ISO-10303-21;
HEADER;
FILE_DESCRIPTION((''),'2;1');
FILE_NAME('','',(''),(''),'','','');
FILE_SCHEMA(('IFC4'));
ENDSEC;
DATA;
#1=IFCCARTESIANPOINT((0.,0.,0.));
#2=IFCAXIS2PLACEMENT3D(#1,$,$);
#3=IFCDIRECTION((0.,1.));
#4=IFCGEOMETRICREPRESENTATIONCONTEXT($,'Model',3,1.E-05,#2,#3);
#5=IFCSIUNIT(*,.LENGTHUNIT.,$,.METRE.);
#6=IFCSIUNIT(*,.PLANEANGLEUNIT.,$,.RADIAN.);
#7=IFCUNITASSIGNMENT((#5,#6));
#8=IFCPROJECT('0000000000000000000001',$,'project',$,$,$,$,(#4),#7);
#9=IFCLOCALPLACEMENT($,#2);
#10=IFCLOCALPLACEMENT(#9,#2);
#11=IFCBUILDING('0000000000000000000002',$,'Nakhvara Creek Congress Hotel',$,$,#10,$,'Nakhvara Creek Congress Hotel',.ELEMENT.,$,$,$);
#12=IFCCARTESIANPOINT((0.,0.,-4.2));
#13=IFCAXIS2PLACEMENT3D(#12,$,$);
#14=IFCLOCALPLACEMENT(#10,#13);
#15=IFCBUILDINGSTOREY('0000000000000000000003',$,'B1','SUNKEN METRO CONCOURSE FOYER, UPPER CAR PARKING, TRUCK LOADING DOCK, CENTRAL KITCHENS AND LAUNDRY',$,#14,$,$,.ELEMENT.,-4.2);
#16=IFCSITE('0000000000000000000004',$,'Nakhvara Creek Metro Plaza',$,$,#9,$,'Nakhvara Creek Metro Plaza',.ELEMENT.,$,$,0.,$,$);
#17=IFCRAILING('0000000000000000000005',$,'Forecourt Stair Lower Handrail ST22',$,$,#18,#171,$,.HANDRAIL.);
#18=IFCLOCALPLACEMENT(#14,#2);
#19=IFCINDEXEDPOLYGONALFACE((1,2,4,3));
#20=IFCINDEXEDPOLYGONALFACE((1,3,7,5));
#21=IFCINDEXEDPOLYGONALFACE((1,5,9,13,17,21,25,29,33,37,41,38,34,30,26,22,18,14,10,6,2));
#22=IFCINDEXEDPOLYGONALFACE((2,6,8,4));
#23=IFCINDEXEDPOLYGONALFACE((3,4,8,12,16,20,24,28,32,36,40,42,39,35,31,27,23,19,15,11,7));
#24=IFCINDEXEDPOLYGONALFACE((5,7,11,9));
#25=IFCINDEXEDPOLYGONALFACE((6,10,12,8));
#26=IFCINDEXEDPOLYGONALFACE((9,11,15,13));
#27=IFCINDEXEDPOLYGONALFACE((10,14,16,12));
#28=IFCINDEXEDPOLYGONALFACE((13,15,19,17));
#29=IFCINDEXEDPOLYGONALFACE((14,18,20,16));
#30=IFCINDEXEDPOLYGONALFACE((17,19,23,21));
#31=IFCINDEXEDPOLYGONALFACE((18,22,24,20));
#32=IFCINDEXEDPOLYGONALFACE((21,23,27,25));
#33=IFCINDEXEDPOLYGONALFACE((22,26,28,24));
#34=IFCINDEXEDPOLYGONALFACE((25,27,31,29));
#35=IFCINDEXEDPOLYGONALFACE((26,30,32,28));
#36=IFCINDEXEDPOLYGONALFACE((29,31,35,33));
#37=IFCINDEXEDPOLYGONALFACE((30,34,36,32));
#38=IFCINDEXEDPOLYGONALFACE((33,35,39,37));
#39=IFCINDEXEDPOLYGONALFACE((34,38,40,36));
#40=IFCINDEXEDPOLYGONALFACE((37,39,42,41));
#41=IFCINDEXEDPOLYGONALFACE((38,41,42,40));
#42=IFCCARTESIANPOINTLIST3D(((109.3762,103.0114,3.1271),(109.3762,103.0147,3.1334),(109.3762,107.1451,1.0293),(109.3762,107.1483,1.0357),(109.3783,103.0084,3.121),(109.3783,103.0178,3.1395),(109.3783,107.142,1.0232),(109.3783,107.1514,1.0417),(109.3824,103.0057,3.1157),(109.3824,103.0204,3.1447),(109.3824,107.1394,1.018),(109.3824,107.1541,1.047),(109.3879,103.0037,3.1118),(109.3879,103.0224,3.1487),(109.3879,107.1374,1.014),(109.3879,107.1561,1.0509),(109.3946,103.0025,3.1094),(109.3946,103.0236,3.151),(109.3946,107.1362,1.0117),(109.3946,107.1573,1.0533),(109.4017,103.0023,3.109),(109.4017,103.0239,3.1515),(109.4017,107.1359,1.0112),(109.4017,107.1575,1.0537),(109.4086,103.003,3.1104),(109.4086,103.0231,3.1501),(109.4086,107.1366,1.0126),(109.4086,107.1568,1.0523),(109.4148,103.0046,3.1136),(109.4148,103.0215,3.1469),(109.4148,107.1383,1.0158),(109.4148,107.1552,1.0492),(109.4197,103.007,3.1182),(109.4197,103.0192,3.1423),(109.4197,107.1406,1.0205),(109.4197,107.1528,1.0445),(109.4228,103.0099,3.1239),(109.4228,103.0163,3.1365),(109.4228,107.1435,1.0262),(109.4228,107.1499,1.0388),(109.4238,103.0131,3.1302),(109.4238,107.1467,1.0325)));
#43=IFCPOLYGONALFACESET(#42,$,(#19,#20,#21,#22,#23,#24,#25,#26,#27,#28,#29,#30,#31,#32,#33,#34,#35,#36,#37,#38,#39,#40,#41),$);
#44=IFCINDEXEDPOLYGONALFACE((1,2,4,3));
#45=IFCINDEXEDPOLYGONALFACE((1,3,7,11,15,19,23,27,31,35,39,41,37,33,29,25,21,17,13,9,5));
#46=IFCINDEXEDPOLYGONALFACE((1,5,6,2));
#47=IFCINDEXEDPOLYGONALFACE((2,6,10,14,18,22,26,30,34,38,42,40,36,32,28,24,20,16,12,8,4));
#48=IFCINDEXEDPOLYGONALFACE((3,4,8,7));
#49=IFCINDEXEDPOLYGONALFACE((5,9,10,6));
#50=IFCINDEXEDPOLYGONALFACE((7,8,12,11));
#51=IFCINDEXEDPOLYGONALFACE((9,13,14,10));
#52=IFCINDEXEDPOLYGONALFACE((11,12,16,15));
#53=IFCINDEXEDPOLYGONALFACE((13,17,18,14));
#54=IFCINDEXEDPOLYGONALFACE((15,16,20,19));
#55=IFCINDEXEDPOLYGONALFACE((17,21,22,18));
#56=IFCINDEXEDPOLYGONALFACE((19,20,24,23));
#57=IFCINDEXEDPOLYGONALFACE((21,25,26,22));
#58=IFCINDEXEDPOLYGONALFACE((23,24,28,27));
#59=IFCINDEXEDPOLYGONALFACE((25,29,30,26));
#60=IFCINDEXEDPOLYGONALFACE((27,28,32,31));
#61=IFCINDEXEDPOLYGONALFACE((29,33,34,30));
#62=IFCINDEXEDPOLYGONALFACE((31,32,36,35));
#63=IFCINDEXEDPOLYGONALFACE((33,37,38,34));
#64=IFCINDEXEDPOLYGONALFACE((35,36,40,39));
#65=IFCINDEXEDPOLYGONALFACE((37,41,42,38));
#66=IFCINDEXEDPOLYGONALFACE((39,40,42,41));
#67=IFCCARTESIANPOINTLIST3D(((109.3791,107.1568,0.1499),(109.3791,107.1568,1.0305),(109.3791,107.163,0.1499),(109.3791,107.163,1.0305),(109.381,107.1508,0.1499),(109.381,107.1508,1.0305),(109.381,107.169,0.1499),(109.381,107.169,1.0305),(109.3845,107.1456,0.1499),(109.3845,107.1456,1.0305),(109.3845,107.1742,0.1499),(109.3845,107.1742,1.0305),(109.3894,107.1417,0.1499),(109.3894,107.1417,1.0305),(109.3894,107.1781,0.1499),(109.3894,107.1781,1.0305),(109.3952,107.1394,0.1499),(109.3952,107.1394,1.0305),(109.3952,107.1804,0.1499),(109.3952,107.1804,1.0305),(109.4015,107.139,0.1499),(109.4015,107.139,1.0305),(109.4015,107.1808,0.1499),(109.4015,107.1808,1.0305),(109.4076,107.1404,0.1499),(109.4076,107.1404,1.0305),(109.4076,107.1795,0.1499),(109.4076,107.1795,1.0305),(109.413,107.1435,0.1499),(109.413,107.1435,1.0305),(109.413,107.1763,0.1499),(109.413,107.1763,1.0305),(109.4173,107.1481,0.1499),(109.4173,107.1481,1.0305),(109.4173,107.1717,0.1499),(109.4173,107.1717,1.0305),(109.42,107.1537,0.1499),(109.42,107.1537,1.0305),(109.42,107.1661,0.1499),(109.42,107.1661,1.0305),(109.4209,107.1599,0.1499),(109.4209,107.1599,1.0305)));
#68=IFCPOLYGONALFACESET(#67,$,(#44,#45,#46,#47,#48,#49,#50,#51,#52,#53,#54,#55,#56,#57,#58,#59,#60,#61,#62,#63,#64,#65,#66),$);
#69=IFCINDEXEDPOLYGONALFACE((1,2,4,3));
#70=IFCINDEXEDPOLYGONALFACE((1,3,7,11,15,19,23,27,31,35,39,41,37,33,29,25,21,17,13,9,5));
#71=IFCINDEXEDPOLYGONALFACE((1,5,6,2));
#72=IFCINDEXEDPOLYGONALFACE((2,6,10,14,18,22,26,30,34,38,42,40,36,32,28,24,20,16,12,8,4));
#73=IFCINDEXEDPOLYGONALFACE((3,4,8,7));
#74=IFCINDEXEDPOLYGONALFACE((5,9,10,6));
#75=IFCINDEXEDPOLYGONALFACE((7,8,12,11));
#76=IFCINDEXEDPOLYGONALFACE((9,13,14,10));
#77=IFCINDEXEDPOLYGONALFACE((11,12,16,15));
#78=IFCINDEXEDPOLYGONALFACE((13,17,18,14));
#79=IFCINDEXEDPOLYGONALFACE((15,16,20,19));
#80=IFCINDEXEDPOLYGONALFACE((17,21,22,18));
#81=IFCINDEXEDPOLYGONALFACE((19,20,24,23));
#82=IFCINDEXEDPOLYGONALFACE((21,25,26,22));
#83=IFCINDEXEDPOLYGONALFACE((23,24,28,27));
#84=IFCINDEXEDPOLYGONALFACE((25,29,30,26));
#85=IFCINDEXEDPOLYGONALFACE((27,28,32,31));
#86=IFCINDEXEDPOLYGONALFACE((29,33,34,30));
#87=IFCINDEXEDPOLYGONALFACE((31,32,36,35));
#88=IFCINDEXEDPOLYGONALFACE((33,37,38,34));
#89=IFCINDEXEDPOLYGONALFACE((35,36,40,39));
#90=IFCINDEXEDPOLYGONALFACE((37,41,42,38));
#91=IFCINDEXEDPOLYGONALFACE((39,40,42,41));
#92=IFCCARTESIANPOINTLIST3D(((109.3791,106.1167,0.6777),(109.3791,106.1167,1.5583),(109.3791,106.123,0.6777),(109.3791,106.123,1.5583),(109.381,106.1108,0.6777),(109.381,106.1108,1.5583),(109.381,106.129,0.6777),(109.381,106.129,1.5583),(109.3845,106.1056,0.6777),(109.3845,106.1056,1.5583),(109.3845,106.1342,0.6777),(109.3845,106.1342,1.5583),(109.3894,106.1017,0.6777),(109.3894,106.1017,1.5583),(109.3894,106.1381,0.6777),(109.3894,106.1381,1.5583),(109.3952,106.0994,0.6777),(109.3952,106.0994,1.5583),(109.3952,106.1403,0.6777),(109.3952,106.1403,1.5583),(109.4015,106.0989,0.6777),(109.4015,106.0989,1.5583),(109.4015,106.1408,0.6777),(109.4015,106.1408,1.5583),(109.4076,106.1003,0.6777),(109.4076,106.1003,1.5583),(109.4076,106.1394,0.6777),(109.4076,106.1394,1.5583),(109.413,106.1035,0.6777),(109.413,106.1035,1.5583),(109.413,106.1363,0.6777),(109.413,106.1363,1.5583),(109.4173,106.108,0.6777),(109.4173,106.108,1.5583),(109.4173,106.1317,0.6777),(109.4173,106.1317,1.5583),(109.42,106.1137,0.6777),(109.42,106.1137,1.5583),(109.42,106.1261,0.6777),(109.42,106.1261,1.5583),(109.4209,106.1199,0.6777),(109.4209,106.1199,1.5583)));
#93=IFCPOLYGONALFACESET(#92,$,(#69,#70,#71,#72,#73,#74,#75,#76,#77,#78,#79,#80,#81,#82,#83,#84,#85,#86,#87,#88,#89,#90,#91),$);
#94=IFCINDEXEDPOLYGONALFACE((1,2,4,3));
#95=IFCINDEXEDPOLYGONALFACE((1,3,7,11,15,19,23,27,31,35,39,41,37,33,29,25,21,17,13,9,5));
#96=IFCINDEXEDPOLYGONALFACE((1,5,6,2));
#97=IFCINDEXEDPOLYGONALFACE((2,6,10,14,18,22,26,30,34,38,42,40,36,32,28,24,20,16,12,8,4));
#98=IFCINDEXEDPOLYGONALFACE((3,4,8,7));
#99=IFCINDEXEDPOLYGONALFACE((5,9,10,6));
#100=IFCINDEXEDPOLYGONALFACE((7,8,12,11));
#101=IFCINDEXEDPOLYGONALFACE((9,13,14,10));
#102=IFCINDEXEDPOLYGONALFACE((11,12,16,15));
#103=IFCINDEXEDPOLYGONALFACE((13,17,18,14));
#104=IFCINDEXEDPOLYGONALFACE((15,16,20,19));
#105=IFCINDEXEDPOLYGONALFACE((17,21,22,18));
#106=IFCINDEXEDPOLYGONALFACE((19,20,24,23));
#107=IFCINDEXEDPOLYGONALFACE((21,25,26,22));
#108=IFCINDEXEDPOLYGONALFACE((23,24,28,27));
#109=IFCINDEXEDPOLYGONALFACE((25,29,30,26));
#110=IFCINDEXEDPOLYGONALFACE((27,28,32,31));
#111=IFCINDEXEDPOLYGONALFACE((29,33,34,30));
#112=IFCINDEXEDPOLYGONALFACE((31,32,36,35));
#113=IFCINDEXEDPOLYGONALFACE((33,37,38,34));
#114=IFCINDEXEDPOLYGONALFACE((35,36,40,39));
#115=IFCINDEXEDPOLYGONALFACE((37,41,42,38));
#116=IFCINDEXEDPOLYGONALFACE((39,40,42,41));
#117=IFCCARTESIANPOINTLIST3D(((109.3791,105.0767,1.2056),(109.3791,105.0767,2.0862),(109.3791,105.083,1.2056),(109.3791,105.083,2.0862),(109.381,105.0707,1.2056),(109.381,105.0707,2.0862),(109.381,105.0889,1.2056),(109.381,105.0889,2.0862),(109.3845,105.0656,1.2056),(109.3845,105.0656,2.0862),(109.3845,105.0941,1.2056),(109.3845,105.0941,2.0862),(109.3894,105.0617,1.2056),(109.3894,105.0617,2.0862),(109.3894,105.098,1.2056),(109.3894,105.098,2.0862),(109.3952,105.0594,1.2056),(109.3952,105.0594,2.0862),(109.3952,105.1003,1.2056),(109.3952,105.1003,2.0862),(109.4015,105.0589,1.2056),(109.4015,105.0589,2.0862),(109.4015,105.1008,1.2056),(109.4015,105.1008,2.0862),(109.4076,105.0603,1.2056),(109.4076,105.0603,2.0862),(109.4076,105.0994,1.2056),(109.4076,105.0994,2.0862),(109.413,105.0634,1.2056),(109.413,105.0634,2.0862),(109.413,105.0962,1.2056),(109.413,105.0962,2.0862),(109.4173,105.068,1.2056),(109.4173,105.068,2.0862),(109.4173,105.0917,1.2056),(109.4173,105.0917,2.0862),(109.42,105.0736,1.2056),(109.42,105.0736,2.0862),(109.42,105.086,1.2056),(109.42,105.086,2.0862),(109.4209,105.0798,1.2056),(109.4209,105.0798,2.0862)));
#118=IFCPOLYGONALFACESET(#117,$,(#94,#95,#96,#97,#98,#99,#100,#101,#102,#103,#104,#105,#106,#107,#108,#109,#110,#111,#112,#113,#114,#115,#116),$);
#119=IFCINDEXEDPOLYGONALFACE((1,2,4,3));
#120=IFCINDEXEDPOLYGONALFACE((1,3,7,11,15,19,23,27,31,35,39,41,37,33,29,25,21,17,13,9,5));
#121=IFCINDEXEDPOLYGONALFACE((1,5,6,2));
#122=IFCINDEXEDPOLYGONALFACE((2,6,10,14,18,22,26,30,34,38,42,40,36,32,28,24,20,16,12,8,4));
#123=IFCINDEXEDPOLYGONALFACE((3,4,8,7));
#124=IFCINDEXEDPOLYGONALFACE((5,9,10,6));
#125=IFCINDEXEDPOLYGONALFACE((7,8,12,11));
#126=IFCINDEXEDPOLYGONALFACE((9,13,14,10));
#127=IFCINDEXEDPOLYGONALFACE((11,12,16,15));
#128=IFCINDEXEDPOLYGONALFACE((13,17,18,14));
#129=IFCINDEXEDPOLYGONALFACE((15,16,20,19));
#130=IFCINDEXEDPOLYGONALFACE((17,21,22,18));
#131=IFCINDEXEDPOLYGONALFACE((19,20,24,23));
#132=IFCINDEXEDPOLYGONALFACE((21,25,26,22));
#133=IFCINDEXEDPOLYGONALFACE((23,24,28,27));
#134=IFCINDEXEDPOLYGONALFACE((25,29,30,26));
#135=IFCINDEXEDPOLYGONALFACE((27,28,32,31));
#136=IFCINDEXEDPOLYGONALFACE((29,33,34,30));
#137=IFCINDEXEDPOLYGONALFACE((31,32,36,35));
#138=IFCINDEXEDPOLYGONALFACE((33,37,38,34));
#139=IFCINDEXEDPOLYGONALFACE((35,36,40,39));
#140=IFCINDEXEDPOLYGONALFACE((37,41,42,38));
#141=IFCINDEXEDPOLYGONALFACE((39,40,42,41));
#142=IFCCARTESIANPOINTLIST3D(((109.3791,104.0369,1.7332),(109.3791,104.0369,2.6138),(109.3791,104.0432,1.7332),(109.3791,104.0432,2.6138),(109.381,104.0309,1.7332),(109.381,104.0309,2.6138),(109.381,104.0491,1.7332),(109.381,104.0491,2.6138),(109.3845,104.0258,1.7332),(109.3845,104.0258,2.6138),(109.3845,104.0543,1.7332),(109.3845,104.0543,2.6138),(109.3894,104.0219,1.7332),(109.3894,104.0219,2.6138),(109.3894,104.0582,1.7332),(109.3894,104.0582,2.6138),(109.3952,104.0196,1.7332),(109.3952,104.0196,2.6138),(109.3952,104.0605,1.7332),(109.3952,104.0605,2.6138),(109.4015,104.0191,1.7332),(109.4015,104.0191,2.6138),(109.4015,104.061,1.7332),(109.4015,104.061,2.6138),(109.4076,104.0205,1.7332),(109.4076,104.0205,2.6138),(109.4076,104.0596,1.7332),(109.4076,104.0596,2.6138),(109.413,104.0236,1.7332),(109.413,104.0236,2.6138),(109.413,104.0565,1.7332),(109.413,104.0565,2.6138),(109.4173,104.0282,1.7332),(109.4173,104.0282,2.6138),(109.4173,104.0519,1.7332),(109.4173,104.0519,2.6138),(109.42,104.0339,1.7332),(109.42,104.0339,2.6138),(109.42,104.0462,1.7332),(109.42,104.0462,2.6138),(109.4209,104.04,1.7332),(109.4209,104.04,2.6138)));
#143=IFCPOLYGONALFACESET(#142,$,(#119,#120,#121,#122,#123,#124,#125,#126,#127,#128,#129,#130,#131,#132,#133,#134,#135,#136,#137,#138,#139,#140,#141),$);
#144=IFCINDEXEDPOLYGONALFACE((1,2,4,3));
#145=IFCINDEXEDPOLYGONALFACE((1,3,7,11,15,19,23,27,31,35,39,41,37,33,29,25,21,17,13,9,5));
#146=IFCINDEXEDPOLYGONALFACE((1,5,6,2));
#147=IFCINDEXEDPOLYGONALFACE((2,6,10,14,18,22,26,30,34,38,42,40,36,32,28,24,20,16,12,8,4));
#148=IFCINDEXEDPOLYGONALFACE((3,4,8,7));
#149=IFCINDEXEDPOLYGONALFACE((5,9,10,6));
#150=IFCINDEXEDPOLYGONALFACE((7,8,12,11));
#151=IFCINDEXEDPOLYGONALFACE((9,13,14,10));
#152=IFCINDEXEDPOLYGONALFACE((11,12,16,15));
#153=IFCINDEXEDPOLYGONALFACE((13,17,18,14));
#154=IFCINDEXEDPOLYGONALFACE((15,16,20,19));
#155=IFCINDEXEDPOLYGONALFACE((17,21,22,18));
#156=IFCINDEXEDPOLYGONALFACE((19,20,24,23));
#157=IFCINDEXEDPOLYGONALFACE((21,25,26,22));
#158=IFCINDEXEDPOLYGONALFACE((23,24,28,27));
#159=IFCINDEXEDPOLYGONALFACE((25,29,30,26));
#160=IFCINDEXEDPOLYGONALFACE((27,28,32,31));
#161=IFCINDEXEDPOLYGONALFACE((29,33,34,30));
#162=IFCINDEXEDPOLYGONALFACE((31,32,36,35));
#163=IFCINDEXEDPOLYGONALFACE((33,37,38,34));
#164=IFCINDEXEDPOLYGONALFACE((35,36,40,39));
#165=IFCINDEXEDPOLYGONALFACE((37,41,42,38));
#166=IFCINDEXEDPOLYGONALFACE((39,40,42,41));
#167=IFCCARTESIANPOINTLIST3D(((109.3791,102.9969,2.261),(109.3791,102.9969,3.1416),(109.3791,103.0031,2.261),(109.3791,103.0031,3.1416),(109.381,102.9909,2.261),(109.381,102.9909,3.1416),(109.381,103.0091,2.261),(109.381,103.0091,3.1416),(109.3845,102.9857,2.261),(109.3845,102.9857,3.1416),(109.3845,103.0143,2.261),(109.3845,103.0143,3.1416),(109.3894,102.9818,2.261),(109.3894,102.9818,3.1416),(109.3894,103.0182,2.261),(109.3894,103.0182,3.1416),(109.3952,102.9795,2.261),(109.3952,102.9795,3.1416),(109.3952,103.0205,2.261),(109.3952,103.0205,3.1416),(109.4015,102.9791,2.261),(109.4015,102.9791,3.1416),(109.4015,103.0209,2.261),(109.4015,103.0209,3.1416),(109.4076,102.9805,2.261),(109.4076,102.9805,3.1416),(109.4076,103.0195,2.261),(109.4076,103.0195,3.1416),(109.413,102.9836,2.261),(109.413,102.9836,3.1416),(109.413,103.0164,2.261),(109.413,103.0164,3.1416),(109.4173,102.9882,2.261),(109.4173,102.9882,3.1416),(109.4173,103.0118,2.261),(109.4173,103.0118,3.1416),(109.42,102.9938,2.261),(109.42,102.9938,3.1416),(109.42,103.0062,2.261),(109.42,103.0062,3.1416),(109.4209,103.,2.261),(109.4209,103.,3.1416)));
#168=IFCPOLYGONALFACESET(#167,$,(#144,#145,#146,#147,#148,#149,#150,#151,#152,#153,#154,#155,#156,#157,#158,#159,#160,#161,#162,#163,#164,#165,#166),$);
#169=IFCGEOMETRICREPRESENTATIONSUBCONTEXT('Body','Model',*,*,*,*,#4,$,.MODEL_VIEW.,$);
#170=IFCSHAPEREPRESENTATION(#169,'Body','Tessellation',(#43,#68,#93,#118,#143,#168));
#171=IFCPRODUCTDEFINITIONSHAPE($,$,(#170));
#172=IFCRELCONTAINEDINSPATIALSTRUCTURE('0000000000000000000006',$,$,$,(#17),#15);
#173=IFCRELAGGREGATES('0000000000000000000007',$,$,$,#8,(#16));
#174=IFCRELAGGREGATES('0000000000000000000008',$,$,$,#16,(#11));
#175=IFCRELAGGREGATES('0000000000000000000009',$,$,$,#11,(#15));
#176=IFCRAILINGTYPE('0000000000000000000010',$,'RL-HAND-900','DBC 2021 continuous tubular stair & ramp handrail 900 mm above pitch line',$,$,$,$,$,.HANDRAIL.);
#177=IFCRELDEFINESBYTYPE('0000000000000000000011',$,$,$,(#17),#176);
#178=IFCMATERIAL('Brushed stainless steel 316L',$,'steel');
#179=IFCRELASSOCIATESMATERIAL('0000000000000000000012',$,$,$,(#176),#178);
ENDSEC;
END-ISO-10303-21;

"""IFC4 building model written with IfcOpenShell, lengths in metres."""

from ifc_helpers import new_model, si_unit, direction, frame, origin, origin_2d, place, context, subcontext, project, spatial, circle, extrude, material, type_object, element, save


model = new_model("IFC4")

# Units and contexts
model_context = context("Model", 3, precision=1e-05, world=origin(), true_north=direction((0.0, 1.0)))
body_context = subcontext(model_context, "Body", "Model", "MODEL_VIEW")
ifc_project = project(units=[si_unit("LENGTHUNIT", "METRE"), si_unit("PLANEANGLEUNIT", "RADIAN")], contexts=[model_context])

# Site, building, storey
site_placement = place(None, origin())
site = spatial("IfcSite", under=ifc_project, at=site_placement, Name="Nakhvara Creek Metro Plaza", LongName="Nakhvara Creek Metro Plaza", CompositionType="ELEMENT", RefElevation=0.0)
building_placement = place(site_placement, origin())
building = spatial("IfcBuilding", under=site, at=building_placement, Name="Nakhvara Creek Congress Hotel", LongName="Nakhvara Creek Congress Hotel", CompositionType="ELEMENT")
storey_placement = place(building_placement, frame((0.0, 0.0, -4.2)))
storey = spatial("IfcBuildingStorey", under=building, at=storey_placement, Name="B1", Description="SUNKEN METRO CONCOURSE FOYER, UPPER CAR PARKING, TRUCK LOADING DOCK, CENTRAL KITCHENS AND LAUNDRY", CompositionType="ELEMENT", Elevation=-4.2)

# Railing
ifc_material_1 = material(Name="Brushed stainless steel 316L", Category="steel")
railing_type_1 = type_object("IfcRailingType", Name="RL-HAND-900", Description="DBC 2021 continuous tubular stair & ramp handrail 900 mm above pitch line", PredefinedType="HANDRAIL", material=ifc_material_1)
railing_1_placement = place(storey_placement, frame((109.3999, 107.1599, 0.1499)))
element("IfcRailing", 1, at=railing_1_placement, inside=storey, type_object=railing_type_1, Name="Forecourt Stair Lower Handrail ST22", PredefinedType="HANDRAIL", context=body_context, shape_type="SweptSolid", body=[
    extrude(circle(Radius=0.0239, at=origin_2d()), frame((0.0, -0.0132, 0.8826), z_axis=(0.0, -0.891742, 0.452544), x_axis=(1.0, 0.0, 0.0)), (0.0, 0.0, 1.0), 4.6355),
    extrude(circle(Radius=0.021, at=origin_2d()), origin(), (0.0, 0.0, 1.0), 0.8806),
    extrude(circle(Radius=0.021, at=origin_2d()), frame((0.0, -1.04, 0.5278)), (0.0, 0.0, 1.0), 0.8806),
    extrude(circle(Radius=0.021, at=origin_2d()), frame((0.0, -2.0801, 1.0557)), (0.0, 0.0, 1.0), 0.8806),
    extrude(circle(Radius=0.021, at=origin_2d()), frame((0.0, -3.1199, 1.5833)), (0.0, 0.0, 1.0), 0.8806),
    extrude(circle(Radius=0.021, at=origin_2d()), frame((0.0, -4.1599, 2.1111)), (0.0, 0.0, 1.0), 0.8806),
])

save(model, "model.ifc")
